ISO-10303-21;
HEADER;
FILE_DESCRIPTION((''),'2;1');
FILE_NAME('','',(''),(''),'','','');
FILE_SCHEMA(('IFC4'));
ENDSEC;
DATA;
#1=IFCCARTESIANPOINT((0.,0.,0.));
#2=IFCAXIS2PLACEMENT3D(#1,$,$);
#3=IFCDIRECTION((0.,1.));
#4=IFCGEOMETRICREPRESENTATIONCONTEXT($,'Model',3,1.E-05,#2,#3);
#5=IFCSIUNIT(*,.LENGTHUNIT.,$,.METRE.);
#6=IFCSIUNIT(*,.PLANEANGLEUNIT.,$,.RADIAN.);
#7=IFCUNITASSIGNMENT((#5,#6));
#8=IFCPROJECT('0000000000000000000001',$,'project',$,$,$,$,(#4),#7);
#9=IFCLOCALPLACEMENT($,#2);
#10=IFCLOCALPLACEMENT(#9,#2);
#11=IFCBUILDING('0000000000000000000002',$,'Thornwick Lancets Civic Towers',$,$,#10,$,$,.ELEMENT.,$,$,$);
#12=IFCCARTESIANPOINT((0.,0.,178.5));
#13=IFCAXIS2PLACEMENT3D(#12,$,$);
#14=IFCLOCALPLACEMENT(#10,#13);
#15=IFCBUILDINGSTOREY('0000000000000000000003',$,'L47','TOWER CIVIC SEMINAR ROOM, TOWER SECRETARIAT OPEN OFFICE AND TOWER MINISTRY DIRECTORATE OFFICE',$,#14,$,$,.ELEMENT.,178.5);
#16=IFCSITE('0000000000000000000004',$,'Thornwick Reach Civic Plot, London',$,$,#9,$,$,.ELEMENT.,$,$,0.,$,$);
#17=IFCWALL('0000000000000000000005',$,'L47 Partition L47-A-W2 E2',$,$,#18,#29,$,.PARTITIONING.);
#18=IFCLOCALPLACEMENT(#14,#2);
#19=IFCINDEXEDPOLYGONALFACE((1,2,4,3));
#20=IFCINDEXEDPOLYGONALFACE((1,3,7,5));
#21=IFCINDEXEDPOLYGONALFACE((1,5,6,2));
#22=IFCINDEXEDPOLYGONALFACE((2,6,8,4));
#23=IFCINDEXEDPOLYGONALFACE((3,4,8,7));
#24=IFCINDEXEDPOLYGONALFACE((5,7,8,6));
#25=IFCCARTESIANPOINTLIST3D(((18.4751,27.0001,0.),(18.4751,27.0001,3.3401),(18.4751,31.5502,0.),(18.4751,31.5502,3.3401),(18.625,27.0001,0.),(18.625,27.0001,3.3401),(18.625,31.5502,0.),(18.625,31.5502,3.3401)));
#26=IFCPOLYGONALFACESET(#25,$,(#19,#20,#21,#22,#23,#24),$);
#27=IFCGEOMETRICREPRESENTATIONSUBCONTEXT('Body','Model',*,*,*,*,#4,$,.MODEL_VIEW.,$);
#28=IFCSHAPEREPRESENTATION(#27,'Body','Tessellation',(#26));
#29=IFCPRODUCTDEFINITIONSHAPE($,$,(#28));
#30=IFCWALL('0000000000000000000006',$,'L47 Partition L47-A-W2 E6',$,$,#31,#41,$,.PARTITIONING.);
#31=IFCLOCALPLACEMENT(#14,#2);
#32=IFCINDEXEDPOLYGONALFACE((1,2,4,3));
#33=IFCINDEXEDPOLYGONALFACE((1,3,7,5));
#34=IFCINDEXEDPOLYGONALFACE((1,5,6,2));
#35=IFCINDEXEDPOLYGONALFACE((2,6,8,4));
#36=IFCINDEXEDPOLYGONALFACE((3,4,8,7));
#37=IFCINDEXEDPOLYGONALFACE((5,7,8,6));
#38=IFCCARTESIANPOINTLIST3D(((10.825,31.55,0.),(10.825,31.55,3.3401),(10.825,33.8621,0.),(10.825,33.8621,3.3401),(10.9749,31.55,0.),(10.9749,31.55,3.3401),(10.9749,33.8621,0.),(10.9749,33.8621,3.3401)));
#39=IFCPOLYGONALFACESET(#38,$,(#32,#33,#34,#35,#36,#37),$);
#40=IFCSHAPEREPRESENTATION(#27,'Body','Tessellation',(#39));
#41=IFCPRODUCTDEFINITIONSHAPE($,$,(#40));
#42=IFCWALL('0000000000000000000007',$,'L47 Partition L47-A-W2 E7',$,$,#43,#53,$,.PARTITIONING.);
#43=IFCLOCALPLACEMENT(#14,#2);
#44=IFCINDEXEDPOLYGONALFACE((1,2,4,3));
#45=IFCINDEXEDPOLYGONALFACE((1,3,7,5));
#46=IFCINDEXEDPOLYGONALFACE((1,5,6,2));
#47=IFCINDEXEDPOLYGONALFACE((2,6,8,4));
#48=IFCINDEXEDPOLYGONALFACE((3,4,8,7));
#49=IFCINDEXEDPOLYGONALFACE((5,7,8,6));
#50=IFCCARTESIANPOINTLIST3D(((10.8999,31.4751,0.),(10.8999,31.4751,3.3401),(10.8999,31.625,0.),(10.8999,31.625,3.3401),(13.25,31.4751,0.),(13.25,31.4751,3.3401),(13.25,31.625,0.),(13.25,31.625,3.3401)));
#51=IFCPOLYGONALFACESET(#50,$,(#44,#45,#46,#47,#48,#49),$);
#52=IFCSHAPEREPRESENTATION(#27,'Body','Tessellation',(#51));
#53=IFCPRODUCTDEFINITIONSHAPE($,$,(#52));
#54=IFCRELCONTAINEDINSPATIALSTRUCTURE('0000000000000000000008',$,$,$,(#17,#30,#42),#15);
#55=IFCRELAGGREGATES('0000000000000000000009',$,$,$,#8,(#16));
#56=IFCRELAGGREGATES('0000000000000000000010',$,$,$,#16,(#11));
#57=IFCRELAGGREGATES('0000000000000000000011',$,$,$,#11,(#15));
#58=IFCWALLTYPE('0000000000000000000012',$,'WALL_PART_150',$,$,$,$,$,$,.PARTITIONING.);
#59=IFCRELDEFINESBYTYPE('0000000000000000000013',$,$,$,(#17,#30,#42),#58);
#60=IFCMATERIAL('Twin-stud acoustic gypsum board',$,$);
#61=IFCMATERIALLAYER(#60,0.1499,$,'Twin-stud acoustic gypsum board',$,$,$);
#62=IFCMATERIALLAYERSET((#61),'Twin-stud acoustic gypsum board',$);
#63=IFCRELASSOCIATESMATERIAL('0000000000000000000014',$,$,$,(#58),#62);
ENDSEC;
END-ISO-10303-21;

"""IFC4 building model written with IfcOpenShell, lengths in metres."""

from ifc_helpers import new_model, si_unit, direction, frame, frame_2d, origin, place, context, subcontext, project, spatial, rectangle, extrude, material, layer, layer_set, type_object, element, save


model = new_model("IFC4")

# Units and contexts
model_context = context("Model", 3, precision=1e-05, world=origin(), true_north=direction((0.0, 1.0)))
body_context = subcontext(model_context, "Body", "Model", "MODEL_VIEW")
ifc_project = project(units=[si_unit("LENGTHUNIT", "METRE"), si_unit("PLANEANGLEUNIT", "RADIAN")], contexts=[model_context])

# Site, building, storey
site_placement = place(None, origin())
site = spatial("IfcSite", under=ifc_project, at=site_placement, Name="Thornwick Reach Civic Plot, London", CompositionType="ELEMENT", RefElevation=0.0)
building_placement = place(site_placement, origin())
building = spatial("IfcBuilding", under=site, at=building_placement, Name="Thornwick Lancets Civic Towers", CompositionType="ELEMENT")
storey_placement = place(building_placement, frame((0.0, 0.0, 178.5)))
storey = spatial("IfcBuildingStorey", under=building, at=storey_placement, Name="L47", Description="TOWER CIVIC SEMINAR ROOM, TOWER SECRETARIAT OPEN OFFICE AND TOWER MINISTRY DIRECTORATE OFFICE", CompositionType="ELEMENT", Elevation=178.5)

# Shared definitions
ifc_material_1 = material(Name="Twin-stud acoustic gypsum board")
ifc_layer_1 = layer(ifc_material_1, 0.1499, Name="Twin-stud acoustic gypsum board")
ifc_layer_set_1 = layer_set([ifc_layer_1], Name="Twin-stud acoustic gypsum board")
wall_type_1 = type_object("IfcWallType", Name="WALL_PART_150", PredefinedType="PARTITIONING", material=ifc_layer_set_1)

# Walls
wall_1_placement = place(storey_placement, frame((18.55, 31.55, 0.0), z_axis=(0.0, 0.0, 1.0), x_axis=(0.0, -1.0, 0.0)))
element("IfcWall", 1, at=wall_1_placement, inside=storey, type_object=wall_type_1, Name="L47 Partition L47-A-W2 E2", PredefinedType="PARTITIONING", context=body_context, shape_type="SweptSolid", body=[
    extrude(rectangle(XDim=4.55, YDim=0.1499, at=frame_2d((2.2749, 0.0))), origin(), (0.0, 0.0, 1.0), 3.3401),
])
wall_2_placement = place(storey_placement, frame((10.8999, 33.8621, 0.0), z_axis=(0.0, 0.0, 1.0), x_axis=(0.0, -1.0, 0.0)))
element("IfcWall", 2, at=wall_2_placement, inside=storey, type_object=wall_type_1, Name="L47 Partition L47-A-W2 E6", PredefinedType="PARTITIONING", context=body_context, shape_type="SweptSolid", body=[
    extrude(rectangle(XDim=2.312, YDim=0.1499, at=frame_2d((1.156, 0.0))), origin(), (0.0, 0.0, 1.0), 3.3401),
])
wall_3_placement = place(storey_placement, frame((10.8999, 31.55, 0.0), z_axis=(0.0, 0.0, 1.0), x_axis=(1.0, 0.0, 0.0)))
element("IfcWall", 3, at=wall_3_placement, inside=storey, type_object=wall_type_1, Name="L47 Partition L47-A-W2 E7", PredefinedType="PARTITIONING", context=body_context, shape_type="SweptSolid", body=[
    extrude(rectangle(XDim=2.3501, YDim=0.1499, at=frame_2d((1.175, 0.0))), origin(), (0.0, 0.0, 1.0), 3.3401),
])

save(model, "model.ifc")
